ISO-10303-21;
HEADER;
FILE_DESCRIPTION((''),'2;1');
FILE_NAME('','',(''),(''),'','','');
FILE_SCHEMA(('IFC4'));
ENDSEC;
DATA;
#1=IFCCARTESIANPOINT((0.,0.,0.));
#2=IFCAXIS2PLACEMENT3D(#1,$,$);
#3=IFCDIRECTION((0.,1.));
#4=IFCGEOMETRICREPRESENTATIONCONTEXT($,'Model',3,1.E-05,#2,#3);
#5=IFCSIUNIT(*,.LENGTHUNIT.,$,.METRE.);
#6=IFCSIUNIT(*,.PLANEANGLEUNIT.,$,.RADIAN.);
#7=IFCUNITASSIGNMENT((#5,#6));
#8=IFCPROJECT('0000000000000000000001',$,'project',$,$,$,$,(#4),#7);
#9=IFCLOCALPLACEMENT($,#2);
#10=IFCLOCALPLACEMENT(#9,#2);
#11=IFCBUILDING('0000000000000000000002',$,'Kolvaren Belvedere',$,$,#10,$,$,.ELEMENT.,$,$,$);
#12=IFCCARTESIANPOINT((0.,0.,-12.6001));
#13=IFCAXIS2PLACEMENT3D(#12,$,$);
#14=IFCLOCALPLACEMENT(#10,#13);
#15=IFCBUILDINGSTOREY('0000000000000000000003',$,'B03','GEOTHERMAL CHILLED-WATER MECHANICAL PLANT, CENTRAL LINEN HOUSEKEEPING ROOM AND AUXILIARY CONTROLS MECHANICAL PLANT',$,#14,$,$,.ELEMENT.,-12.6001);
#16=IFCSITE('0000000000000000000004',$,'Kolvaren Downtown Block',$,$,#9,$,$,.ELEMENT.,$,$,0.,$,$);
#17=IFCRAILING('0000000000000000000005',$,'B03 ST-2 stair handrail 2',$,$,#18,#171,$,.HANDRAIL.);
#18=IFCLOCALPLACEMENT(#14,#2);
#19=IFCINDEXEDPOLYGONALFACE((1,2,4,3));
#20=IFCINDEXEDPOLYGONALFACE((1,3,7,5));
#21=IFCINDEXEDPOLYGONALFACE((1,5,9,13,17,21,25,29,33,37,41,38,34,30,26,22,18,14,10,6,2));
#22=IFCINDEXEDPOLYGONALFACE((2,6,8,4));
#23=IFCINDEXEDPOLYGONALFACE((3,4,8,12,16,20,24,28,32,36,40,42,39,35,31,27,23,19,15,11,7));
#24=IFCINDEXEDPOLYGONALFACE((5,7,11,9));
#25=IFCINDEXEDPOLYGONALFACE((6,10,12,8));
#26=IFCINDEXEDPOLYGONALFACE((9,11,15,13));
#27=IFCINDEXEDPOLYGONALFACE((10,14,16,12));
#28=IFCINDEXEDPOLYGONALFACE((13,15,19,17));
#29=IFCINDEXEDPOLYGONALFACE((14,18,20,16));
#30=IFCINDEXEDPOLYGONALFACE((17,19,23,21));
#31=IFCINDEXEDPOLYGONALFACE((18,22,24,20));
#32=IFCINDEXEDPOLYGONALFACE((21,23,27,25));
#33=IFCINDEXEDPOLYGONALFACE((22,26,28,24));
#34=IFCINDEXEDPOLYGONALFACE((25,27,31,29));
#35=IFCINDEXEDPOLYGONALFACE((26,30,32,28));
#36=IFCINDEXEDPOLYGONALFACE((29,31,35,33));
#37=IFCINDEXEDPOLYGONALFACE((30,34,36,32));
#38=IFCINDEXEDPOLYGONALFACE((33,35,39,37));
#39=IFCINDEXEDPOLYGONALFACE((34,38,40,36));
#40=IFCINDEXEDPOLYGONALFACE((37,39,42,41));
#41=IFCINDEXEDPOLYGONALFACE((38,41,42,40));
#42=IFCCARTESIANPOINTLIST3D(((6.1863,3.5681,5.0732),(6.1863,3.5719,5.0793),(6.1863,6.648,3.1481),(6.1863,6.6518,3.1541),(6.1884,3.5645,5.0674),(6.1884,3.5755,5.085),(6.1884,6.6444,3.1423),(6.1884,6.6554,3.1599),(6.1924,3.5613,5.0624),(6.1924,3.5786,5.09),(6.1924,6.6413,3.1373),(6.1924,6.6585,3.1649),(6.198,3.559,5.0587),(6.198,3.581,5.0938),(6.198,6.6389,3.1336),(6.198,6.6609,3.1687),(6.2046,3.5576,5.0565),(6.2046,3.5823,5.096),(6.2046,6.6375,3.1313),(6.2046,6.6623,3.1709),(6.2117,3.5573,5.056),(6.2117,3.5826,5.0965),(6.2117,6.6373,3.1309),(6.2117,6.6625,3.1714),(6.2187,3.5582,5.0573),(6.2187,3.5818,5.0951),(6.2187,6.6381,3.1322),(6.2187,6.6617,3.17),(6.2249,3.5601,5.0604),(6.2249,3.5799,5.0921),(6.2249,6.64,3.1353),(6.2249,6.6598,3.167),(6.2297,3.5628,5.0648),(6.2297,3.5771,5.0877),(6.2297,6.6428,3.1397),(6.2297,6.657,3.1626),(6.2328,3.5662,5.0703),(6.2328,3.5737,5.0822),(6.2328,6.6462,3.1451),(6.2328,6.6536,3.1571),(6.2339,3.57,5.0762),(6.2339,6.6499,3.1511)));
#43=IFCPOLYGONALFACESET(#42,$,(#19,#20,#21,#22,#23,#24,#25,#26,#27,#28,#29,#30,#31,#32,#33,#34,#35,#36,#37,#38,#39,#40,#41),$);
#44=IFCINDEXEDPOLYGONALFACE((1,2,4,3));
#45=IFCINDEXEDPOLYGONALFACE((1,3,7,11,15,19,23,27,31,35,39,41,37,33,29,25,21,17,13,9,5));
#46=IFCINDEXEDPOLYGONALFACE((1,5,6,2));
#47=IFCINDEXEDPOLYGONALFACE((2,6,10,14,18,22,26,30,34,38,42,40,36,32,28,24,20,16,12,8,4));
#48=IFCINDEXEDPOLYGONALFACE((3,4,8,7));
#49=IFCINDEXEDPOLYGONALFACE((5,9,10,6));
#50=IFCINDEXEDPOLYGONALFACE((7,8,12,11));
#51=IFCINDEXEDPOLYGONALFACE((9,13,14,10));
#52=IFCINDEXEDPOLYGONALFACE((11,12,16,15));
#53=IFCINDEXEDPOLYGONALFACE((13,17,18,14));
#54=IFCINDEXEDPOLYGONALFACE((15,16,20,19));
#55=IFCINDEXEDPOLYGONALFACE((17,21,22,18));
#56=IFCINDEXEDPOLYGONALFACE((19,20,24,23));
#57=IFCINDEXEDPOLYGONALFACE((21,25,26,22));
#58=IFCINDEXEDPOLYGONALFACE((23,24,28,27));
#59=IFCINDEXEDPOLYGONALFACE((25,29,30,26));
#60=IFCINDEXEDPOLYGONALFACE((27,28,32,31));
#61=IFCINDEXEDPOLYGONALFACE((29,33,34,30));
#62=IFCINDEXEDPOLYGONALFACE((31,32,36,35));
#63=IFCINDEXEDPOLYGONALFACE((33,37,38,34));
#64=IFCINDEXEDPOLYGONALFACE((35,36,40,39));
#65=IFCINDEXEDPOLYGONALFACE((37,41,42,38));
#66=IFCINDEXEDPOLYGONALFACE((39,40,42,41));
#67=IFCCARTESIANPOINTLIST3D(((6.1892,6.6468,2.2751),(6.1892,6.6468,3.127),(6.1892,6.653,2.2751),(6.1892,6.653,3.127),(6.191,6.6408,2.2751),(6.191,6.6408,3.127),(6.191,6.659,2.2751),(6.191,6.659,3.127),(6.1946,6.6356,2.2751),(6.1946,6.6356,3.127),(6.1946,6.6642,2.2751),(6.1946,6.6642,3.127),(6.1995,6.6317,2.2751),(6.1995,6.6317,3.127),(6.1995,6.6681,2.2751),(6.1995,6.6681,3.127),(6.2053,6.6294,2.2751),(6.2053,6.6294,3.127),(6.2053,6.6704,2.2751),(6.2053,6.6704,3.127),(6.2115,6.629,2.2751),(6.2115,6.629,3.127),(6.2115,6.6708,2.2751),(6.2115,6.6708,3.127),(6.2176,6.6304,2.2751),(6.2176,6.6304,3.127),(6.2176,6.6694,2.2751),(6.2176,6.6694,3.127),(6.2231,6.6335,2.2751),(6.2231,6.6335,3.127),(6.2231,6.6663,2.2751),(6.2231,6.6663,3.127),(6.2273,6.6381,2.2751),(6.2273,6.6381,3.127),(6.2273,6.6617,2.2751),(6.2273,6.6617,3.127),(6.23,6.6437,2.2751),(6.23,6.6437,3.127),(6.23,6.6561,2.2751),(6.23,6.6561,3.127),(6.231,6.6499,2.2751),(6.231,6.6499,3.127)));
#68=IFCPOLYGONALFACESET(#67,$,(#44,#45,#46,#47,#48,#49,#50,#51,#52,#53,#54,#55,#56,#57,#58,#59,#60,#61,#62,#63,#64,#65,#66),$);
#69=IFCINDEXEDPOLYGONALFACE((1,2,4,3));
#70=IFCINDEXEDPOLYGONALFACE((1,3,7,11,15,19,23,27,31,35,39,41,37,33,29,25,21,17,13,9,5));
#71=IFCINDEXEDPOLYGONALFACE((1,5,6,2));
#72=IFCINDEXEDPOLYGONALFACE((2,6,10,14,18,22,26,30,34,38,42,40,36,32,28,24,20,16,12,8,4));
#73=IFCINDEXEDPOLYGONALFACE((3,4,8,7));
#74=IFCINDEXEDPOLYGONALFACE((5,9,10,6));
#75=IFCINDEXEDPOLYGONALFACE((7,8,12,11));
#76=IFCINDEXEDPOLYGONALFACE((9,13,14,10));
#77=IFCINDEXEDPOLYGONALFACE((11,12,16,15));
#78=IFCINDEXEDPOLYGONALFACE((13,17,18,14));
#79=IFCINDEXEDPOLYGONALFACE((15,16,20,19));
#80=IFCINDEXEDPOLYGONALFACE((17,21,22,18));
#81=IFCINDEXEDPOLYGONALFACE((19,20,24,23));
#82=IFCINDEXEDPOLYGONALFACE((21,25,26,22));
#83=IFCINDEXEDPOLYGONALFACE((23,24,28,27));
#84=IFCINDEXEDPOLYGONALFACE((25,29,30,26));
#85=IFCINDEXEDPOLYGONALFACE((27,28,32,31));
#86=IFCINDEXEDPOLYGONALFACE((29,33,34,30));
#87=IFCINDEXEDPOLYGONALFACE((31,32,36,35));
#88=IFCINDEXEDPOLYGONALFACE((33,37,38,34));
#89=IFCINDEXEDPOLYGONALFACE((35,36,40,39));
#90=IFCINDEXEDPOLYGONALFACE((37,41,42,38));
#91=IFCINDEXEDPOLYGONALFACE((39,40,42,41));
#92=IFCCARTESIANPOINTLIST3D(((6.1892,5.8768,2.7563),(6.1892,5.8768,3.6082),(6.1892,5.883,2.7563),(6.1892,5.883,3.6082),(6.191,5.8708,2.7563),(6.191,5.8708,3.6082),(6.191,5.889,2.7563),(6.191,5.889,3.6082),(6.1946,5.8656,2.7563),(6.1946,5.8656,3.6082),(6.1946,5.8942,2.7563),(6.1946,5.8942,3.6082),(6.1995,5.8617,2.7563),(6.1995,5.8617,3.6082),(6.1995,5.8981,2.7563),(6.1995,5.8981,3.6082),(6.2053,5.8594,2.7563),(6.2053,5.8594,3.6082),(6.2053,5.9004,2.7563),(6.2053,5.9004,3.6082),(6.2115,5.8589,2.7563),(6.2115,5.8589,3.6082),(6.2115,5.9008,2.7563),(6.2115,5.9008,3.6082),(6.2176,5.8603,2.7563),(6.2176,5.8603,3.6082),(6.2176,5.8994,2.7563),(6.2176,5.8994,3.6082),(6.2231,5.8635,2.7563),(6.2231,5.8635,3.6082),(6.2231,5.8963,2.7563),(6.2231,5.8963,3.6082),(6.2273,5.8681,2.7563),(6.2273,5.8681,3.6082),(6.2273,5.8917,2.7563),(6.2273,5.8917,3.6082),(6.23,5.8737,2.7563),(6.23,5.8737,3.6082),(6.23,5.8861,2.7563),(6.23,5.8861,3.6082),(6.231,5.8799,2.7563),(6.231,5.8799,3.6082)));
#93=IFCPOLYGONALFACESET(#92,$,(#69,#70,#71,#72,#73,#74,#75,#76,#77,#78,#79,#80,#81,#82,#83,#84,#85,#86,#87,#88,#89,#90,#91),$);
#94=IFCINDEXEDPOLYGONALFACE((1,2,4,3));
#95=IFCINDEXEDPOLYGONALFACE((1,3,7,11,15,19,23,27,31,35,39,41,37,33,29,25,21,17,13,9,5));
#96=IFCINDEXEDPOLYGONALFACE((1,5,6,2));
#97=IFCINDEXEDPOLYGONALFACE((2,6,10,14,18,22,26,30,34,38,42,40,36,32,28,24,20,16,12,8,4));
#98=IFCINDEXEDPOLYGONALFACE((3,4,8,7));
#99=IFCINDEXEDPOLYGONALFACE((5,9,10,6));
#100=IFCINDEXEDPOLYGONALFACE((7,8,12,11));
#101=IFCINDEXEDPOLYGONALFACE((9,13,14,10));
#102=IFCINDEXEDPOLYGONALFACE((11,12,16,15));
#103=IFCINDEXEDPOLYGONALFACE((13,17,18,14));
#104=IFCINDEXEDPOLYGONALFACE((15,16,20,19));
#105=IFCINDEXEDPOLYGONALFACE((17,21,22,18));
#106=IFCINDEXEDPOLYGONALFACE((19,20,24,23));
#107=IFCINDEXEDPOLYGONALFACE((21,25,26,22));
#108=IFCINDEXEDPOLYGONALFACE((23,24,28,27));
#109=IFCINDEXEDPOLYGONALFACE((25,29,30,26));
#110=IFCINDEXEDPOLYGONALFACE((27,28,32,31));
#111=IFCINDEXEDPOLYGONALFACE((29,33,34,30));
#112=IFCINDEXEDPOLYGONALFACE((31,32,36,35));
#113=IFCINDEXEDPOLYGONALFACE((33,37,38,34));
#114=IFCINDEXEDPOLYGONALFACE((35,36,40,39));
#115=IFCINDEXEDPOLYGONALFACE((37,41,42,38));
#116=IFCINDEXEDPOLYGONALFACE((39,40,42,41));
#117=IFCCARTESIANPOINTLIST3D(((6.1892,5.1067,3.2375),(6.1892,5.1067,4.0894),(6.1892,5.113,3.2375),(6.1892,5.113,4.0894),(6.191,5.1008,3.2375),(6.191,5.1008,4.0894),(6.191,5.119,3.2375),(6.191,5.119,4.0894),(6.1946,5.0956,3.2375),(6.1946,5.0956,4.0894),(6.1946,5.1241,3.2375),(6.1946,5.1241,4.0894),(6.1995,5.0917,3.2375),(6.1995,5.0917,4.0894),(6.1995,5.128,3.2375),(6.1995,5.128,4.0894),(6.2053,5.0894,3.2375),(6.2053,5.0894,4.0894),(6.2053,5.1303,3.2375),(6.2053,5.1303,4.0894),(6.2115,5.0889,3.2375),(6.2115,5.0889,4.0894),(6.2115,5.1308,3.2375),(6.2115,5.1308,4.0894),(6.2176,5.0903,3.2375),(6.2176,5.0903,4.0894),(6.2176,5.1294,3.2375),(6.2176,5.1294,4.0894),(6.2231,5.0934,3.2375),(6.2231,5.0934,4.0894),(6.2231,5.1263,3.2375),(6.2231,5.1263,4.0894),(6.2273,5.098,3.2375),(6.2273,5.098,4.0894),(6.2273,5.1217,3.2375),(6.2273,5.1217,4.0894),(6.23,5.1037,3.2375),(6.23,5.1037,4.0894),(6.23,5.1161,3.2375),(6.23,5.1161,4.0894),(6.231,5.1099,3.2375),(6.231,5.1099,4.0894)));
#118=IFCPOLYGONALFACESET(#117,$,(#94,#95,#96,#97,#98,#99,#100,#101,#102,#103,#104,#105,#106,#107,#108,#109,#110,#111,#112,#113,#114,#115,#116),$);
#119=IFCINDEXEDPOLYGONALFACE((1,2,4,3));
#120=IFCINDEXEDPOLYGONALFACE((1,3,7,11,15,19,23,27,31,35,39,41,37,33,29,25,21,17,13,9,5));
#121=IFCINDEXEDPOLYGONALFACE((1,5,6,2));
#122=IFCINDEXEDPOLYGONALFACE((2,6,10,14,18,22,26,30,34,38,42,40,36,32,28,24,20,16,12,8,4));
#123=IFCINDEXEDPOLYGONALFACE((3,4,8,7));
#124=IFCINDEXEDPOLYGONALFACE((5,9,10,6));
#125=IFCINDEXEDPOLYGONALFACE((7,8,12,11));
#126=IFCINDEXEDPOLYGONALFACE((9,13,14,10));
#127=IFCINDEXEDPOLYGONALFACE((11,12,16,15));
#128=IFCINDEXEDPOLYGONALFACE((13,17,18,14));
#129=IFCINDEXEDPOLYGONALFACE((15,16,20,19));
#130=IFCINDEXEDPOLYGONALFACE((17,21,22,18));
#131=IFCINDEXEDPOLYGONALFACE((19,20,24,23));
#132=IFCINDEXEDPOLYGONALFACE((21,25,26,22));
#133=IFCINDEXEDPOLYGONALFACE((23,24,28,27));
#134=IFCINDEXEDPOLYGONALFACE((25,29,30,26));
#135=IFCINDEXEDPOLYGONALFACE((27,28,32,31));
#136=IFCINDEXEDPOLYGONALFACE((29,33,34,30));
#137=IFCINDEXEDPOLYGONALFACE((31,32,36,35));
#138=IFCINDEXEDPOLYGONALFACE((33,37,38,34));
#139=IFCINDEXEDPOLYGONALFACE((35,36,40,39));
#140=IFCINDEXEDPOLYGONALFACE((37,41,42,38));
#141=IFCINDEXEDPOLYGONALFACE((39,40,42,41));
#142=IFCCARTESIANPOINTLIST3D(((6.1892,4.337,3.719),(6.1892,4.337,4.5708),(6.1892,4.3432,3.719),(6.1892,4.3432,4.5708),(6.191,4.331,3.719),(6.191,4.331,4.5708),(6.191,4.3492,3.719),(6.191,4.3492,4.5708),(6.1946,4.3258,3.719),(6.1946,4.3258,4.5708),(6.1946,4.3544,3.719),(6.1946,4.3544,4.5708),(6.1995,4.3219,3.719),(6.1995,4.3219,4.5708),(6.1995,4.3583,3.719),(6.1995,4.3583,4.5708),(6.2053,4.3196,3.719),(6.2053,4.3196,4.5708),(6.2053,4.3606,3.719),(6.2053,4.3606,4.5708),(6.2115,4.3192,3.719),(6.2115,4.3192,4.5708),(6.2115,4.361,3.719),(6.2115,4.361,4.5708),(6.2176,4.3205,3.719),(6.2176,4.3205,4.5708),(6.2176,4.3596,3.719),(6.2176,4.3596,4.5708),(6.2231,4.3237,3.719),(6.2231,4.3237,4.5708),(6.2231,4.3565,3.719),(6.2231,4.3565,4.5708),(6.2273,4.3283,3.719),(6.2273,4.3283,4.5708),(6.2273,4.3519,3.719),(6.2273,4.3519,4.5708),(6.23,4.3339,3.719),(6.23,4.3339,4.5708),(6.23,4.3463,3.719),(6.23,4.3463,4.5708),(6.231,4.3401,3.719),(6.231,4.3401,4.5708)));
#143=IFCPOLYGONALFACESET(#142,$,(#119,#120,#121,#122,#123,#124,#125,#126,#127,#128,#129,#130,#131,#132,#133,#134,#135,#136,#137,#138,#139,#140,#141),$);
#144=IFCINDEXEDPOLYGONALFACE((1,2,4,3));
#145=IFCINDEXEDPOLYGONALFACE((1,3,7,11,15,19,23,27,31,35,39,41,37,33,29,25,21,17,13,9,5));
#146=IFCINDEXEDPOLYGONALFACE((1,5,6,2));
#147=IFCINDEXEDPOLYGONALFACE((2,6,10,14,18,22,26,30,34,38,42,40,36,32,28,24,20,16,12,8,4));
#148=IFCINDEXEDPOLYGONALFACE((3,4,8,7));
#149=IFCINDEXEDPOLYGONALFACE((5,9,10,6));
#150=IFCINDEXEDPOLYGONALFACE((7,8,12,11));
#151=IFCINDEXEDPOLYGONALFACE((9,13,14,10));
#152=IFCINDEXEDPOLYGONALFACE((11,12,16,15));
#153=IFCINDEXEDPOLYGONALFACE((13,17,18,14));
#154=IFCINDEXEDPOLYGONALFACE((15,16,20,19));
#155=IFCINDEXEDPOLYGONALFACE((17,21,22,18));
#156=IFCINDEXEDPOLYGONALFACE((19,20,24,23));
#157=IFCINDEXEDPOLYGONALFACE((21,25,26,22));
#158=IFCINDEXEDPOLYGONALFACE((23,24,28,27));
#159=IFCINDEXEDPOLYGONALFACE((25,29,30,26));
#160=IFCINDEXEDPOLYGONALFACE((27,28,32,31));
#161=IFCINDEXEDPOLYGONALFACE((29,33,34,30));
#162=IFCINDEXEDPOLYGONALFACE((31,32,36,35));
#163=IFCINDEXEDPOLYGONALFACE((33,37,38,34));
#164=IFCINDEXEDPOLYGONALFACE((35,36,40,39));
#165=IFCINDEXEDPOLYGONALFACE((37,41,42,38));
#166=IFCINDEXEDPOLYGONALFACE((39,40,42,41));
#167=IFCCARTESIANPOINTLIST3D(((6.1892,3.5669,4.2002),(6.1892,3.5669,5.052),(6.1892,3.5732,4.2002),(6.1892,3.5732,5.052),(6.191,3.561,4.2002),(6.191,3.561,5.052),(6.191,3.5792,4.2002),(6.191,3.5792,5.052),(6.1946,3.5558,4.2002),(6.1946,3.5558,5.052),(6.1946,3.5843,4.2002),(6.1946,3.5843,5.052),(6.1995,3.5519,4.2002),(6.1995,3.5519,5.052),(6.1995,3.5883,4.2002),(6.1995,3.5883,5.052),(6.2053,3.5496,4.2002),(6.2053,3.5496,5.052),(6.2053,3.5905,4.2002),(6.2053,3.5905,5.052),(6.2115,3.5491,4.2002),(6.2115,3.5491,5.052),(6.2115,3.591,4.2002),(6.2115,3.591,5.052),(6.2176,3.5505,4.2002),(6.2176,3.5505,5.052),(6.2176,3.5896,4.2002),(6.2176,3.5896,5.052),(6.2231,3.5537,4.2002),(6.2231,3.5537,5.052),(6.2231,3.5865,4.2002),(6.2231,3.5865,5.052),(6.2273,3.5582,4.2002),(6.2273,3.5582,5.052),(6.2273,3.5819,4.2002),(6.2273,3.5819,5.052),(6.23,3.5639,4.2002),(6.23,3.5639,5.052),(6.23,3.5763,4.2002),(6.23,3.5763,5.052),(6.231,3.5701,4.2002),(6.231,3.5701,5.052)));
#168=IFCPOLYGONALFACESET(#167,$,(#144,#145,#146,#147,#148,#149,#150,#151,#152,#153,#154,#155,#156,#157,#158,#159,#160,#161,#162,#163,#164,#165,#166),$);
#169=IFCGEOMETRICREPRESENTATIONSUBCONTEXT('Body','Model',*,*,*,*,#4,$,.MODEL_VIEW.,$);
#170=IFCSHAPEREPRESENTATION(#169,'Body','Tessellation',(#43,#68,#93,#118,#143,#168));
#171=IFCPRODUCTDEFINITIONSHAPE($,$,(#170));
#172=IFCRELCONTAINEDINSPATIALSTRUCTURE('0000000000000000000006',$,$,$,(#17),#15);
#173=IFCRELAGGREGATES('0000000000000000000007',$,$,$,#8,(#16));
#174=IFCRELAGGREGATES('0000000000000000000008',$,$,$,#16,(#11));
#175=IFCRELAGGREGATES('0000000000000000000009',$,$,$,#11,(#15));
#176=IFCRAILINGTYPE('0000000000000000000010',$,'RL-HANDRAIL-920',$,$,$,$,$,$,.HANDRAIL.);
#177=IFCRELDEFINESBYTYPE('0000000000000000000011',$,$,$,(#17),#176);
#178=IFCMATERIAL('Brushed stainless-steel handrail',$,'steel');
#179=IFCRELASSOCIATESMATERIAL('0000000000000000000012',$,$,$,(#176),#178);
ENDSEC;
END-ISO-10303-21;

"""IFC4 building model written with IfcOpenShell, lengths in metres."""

from ifc_helpers import new_model, si_unit, direction, frame, origin, origin_2d, place, context, subcontext, project, spatial, circle, extrude, material, type_object, element, save


model = new_model("IFC4")

# Units and contexts
model_context = context("Model", 3, precision=1e-05, world=origin(), true_north=direction((0.0, 1.0)))
body_context = subcontext(model_context, "Body", "Model", "MODEL_VIEW")
ifc_project = project(units=[si_unit("LENGTHUNIT", "METRE"), si_unit("PLANEANGLEUNIT", "RADIAN")], contexts=[model_context])

# Site, building, storey
site_placement = place(None, origin())
site = spatial("IfcSite", under=ifc_project, at=site_placement, Name="Kolvaren Downtown Block", CompositionType="ELEMENT", RefElevation=0.0)
building_placement = place(site_placement, origin())
building = spatial("IfcBuilding", under=site, at=building_placement, Name="Kolvaren Belvedere", CompositionType="ELEMENT")
storey_placement = place(building_placement, frame((0.0, 0.0, -12.6001)))
storey = spatial("IfcBuildingStorey", under=building, at=storey_placement, Name="B03", Description="GEOTHERMAL CHILLED-WATER MECHANICAL PLANT, CENTRAL LINEN HOUSEKEEPING ROOM AND AUXILIARY CONTROLS MECHANICAL PLANT", CompositionType="ELEMENT", Elevation=-12.6001)

# Railing
ifc_material_1 = material(Name="Brushed stainless-steel handrail", Category="steel")
railing_type_1 = type_object("IfcRailingType", Name="RL-HANDRAIL-920", PredefinedType="HANDRAIL", material=ifc_material_1)
railing_1_placement = place(storey_placement, frame((6.21, 6.6499, 2.2751)))
element("IfcRailing", 1, at=railing_1_placement, inside=storey, type_object=railing_type_1, Name="B03 ST-2 stair handrail 2", PredefinedType="HANDRAIL", context=body_context, shape_type="SweptSolid", body=[
    extrude(circle(Radius=0.0239, at=origin_2d()), frame((0.0, 0.0, 0.876), z_axis=(0.0, -0.847979, 0.530029), x_axis=(1.0, 0.0, 0.0)), (0.0, 0.0, 1.0), 3.6321),
    extrude(circle(Radius=0.021, at=origin_2d()), origin(), (0.0, 0.0, 1.0), 0.8518),
    extrude(circle(Radius=0.021, at=origin_2d()), frame((0.0, -0.77, 0.4812)), (0.0, 0.0, 1.0), 0.8518),
    extrude(circle(Radius=0.021, at=origin_2d()), frame((0.0, -1.54, 0.9624)), (0.0, 0.0, 1.0), 0.8518),
    extrude(circle(Radius=0.021, at=origin_2d()), frame((0.0, -2.3098, 1.4438)), (0.0, 0.0, 1.0), 0.8518),
    extrude(circle(Radius=0.021, at=origin_2d()), frame((0.0, -3.0798, 1.925)), (0.0, 0.0, 1.0), 0.8518),
])

save(model, "model.ifc")
